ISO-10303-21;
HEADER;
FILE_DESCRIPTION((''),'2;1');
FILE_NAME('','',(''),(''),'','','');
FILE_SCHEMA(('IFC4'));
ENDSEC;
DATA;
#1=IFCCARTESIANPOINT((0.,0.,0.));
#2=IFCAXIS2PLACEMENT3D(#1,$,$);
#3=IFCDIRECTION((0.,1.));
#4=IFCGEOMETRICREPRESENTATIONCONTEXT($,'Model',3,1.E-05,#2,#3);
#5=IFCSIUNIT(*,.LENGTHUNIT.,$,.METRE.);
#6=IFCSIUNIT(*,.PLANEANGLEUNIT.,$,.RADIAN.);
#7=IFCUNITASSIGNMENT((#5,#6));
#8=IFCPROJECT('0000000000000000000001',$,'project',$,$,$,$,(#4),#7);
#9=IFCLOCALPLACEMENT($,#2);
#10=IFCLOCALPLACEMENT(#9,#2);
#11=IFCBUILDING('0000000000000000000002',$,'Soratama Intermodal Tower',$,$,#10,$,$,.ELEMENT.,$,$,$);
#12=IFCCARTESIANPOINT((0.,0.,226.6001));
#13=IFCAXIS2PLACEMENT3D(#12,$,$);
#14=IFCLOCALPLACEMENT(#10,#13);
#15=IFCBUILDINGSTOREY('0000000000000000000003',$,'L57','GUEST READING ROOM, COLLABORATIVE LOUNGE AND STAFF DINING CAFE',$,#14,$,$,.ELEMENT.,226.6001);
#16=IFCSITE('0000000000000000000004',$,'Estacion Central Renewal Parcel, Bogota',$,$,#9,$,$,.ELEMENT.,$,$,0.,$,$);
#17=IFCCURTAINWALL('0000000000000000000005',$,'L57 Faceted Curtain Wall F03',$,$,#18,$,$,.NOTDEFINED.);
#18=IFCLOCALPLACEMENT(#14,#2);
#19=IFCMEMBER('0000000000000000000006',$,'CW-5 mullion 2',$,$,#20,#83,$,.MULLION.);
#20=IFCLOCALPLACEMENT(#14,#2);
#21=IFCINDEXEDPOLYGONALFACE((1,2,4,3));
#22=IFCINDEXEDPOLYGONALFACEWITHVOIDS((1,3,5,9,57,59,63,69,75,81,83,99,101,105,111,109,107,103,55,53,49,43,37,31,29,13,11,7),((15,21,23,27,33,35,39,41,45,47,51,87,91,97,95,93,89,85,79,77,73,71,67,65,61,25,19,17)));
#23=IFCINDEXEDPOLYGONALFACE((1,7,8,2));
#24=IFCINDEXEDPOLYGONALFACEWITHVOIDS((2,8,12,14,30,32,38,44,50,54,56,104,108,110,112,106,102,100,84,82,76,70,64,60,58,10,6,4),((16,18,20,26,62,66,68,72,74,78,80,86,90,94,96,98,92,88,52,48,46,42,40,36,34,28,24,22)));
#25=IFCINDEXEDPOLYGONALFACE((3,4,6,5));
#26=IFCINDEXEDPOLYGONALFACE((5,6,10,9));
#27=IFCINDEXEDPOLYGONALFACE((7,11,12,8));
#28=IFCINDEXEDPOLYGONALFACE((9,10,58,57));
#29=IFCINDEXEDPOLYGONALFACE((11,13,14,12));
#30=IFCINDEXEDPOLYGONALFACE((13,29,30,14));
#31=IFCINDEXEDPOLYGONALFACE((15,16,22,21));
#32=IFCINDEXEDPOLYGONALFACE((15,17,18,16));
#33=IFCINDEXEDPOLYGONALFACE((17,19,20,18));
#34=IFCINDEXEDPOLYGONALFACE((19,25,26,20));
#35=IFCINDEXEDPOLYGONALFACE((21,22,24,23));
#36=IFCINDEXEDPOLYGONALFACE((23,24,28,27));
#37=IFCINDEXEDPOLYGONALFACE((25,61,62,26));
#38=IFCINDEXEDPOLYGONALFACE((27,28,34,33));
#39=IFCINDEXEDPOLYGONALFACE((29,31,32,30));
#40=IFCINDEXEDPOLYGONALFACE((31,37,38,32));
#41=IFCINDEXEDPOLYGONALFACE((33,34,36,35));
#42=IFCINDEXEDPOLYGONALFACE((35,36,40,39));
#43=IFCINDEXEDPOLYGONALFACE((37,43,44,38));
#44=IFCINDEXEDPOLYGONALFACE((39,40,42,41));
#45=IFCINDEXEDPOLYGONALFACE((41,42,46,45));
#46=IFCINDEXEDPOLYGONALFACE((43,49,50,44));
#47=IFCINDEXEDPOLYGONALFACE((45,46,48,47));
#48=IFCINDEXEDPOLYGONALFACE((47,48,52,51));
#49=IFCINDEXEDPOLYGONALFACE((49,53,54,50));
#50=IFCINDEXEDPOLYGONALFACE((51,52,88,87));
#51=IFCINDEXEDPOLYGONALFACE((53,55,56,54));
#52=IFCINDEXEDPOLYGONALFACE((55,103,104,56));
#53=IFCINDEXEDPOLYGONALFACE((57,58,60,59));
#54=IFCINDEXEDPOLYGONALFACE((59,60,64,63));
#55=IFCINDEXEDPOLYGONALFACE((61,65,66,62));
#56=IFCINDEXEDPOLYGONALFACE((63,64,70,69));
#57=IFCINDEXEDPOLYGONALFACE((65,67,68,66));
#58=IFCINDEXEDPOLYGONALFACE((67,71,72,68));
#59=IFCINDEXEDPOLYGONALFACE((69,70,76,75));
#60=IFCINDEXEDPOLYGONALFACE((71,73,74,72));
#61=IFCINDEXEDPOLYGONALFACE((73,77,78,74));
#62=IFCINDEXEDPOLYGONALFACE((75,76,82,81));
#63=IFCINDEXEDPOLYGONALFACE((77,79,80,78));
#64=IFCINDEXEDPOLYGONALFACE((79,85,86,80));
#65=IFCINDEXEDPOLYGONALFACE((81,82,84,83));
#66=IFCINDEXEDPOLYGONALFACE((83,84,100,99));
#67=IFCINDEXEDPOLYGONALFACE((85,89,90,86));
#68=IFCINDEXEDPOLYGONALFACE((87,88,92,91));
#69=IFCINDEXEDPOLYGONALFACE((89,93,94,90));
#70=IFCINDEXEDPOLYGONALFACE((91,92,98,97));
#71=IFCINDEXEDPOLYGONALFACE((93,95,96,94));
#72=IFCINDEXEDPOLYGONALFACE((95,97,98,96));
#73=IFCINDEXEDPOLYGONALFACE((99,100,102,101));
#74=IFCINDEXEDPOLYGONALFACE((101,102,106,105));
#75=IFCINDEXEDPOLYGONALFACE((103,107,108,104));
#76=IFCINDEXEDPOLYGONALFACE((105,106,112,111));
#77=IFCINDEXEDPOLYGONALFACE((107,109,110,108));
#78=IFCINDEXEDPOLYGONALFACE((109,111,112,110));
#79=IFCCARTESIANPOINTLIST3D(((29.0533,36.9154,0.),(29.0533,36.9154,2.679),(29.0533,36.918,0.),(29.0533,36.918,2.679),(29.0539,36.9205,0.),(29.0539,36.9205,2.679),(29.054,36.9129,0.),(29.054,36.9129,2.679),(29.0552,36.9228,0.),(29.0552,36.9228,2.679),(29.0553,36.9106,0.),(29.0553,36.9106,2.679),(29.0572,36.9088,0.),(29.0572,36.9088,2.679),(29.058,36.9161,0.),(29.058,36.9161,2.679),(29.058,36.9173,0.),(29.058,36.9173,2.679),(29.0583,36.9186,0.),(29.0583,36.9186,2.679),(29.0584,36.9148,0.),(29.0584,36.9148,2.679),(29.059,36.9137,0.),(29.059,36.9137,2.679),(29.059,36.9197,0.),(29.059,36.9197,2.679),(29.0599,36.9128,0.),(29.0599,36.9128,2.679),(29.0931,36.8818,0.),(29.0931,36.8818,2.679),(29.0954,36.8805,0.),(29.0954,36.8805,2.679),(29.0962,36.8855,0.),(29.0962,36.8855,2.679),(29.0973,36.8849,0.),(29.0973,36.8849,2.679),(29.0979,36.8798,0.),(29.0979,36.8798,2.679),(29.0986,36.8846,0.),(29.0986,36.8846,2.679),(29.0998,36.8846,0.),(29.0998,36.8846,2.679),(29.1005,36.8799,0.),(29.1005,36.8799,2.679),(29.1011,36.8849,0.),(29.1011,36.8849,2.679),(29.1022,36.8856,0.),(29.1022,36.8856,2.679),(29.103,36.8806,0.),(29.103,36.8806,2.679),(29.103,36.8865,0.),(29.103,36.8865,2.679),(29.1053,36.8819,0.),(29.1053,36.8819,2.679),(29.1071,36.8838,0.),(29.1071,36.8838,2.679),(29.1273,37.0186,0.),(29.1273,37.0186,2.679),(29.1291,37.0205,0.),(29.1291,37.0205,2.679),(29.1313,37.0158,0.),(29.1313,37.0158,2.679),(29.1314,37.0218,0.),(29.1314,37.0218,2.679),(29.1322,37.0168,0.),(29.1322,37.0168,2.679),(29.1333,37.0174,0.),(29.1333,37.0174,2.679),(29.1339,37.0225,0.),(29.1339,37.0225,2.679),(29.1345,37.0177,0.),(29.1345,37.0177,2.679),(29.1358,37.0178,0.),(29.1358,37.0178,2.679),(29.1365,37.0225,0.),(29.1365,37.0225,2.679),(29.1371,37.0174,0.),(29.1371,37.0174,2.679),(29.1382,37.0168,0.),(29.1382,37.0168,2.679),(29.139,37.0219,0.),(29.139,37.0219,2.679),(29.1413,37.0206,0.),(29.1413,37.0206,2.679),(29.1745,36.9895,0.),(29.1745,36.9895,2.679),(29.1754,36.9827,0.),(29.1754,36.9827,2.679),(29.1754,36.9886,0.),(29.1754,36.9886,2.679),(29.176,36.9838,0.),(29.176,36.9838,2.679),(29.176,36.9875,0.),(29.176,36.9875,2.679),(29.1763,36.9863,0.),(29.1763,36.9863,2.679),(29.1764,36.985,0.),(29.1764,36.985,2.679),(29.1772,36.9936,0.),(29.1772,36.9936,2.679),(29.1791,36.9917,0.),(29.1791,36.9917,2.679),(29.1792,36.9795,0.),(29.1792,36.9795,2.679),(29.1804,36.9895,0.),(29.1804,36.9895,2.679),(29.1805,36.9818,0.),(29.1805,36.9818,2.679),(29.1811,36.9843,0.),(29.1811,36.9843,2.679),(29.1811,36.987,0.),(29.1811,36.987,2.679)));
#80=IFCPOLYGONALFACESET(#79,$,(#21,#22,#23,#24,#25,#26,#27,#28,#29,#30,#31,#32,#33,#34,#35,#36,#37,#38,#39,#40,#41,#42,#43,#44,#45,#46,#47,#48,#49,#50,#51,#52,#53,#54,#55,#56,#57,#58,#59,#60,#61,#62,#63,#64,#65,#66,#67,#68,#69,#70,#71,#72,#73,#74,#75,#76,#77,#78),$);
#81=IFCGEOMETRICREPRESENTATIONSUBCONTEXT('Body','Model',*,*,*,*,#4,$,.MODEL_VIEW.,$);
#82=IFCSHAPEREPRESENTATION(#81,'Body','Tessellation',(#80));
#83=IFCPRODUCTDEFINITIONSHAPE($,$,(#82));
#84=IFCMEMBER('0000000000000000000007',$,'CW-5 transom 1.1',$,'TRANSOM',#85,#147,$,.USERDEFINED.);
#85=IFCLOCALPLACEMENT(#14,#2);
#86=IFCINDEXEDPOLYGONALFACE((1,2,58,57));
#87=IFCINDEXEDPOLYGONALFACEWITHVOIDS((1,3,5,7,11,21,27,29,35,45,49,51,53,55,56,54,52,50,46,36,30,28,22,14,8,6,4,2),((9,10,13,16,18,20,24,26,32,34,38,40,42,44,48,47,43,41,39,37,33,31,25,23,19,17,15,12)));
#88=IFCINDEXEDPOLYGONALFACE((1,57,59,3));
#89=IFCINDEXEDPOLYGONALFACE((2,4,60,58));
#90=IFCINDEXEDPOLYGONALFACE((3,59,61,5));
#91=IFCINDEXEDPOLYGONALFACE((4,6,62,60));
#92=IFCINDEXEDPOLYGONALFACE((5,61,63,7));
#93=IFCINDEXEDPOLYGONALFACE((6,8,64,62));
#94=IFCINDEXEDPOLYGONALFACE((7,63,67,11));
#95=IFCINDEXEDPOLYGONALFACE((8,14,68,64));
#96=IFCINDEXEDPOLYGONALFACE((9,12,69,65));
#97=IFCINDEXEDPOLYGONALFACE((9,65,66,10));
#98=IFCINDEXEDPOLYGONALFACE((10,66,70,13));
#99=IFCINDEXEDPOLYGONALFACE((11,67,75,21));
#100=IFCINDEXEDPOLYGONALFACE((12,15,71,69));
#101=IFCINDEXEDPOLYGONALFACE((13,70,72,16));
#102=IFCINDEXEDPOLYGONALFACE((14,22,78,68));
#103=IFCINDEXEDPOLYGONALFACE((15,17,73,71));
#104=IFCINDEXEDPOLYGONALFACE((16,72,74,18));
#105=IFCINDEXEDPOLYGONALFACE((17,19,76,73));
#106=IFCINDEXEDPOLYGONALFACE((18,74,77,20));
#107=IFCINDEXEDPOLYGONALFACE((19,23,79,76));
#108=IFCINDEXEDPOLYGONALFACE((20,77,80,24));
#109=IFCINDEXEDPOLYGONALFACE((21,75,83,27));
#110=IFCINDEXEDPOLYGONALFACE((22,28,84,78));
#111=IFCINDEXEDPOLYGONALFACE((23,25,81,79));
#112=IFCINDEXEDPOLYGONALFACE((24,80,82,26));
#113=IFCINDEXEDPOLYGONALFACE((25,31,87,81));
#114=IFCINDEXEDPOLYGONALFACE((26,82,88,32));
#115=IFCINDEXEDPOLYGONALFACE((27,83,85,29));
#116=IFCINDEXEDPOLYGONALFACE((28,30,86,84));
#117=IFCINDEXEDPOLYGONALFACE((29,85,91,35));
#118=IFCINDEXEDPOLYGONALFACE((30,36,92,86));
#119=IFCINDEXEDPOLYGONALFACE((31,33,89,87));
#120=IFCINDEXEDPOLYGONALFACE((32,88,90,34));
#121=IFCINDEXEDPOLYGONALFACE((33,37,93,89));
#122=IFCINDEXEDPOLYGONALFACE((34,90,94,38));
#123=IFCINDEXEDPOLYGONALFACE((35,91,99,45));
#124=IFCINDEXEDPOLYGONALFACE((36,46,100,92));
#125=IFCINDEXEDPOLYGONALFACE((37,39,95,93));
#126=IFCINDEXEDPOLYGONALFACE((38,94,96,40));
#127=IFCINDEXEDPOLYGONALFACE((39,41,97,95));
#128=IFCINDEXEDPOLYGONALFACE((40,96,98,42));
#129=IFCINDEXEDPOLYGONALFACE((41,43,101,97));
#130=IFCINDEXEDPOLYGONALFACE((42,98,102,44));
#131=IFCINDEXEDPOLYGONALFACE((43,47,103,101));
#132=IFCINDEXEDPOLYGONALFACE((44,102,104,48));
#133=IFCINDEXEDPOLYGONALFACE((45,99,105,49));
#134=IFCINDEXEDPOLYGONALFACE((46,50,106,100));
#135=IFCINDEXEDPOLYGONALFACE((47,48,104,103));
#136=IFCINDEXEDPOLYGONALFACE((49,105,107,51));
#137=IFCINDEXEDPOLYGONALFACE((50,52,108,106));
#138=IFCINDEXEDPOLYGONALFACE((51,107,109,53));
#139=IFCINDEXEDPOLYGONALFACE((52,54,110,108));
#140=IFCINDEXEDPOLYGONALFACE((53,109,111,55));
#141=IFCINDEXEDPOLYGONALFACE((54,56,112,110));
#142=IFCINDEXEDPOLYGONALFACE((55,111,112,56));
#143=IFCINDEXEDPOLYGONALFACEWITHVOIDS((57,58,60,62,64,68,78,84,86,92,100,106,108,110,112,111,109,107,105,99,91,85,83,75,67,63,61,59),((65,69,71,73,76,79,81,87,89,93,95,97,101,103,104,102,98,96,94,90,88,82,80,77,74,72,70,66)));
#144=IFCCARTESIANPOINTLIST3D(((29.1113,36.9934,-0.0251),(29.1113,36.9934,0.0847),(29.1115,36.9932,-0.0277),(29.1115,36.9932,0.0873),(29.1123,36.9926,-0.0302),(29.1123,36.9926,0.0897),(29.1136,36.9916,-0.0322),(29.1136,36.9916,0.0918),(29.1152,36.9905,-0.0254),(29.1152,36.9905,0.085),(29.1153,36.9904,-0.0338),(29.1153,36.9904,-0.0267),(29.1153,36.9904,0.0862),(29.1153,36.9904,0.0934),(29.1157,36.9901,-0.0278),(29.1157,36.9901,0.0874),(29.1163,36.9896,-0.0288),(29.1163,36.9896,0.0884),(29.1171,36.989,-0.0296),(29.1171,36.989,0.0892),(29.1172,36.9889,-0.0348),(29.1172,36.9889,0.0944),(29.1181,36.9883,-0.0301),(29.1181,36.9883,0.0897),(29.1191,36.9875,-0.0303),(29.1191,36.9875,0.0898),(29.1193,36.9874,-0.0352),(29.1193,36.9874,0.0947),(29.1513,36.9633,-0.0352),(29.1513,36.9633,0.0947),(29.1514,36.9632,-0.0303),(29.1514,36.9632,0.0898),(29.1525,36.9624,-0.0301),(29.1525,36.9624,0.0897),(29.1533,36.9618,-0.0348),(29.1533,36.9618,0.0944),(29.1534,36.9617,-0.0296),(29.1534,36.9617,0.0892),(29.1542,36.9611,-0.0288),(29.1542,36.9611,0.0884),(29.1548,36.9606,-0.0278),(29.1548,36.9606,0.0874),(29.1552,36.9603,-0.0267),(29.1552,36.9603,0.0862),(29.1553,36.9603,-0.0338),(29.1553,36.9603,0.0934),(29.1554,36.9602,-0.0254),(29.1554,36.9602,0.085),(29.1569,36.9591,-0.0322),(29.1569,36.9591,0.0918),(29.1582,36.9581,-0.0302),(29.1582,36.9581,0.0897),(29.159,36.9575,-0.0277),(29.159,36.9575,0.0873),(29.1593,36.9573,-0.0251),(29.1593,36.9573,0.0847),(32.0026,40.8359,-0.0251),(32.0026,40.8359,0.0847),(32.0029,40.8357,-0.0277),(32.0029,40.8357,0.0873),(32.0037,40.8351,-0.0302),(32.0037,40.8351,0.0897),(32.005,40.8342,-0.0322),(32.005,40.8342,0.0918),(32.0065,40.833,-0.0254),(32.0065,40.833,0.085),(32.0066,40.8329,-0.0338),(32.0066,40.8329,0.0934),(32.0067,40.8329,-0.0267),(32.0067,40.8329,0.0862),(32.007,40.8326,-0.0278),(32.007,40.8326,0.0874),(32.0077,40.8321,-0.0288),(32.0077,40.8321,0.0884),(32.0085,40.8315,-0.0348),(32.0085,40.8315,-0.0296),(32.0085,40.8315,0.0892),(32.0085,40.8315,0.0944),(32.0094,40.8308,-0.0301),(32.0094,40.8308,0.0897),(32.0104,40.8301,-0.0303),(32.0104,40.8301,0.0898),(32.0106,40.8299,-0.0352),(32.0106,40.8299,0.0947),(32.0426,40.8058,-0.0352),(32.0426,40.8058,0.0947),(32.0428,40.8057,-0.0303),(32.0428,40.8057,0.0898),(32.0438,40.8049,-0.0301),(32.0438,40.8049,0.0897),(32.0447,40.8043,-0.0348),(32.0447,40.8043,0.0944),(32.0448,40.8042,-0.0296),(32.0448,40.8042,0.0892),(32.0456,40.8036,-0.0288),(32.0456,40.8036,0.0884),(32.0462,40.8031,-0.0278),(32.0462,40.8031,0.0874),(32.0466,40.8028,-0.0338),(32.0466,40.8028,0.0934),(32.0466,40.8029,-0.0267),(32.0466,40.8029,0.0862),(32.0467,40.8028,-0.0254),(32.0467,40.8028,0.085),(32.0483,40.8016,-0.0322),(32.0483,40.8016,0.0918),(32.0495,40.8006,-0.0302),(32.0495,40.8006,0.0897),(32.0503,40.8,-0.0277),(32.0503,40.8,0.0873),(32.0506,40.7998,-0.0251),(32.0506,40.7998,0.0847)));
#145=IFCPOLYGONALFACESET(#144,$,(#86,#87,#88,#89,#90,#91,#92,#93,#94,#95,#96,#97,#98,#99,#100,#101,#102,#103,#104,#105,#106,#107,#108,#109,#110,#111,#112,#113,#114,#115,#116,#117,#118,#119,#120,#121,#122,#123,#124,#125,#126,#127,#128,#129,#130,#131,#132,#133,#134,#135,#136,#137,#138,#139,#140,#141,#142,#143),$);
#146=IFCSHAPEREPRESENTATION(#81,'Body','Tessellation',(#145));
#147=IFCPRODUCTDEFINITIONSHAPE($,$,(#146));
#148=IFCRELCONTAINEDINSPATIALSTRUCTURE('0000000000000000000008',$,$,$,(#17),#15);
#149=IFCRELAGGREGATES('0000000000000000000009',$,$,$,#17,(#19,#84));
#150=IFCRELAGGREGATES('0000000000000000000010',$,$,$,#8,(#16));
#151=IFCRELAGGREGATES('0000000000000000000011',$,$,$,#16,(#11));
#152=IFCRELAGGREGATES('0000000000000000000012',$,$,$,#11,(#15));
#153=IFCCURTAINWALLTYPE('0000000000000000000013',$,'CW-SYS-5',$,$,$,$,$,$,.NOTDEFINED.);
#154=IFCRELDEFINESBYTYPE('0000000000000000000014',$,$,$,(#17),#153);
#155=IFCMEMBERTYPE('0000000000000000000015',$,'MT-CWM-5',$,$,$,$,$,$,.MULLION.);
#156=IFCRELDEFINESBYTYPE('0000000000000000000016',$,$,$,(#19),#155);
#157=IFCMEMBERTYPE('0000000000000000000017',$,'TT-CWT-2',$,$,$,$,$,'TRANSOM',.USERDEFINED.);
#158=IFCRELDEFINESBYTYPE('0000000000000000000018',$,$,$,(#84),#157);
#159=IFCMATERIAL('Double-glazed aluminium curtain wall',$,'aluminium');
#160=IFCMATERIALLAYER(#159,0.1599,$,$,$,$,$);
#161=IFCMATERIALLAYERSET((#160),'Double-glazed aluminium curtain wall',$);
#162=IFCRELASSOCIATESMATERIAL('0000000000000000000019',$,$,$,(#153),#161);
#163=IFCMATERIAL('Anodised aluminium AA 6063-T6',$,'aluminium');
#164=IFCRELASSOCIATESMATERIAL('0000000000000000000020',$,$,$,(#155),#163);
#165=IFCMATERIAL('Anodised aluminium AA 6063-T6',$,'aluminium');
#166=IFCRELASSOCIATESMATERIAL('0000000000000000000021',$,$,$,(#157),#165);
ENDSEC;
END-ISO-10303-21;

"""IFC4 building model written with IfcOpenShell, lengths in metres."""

from ifc_helpers import new_model, si_unit, direction, frame, origin, origin_2d, place, context, subcontext, project, spatial, hollow_rectangle, extrude, material, layer, layer_set, material_profile, profile_set, type_object, element, aggregate, save


model = new_model("IFC4")

# Units and contexts
model_context = context("Model", 3, precision=1e-05, world=origin(), true_north=direction((0.0, 1.0)))
body_context = subcontext(model_context, "Body", "Model", "MODEL_VIEW")
ifc_project = project(units=[si_unit("LENGTHUNIT", "METRE"), si_unit("PLANEANGLEUNIT", "RADIAN")], contexts=[model_context])

# Site, building, storey
site_placement = place(None, origin())
site = spatial("IfcSite", under=ifc_project, at=site_placement, Name="Estacion Central Renewal Parcel, Bogota", CompositionType="ELEMENT", RefElevation=0.0)
building_placement = place(site_placement, origin())
building = spatial("IfcBuilding", under=site, at=building_placement, Name="Soratama Intermodal Tower", CompositionType="ELEMENT")
storey_placement = place(building_placement, frame((0.0, 0.0, 226.6001)))
storey = spatial("IfcBuildingStorey", under=building, at=storey_placement, Name="L57", Description="GUEST READING ROOM, COLLABORATIVE LOUNGE AND STAFF DINING CAFE", CompositionType="ELEMENT", Elevation=226.6001)

# Curtain wall, members
ifc_material_1 = material(Name="Double-glazed aluminium curtain wall", Category="aluminium")
ifc_layer_1 = layer(ifc_material_1, 0.1599)
ifc_layer_set_1 = layer_set([ifc_layer_1], Name="Double-glazed aluminium curtain wall")
curtain_wall_type = type_object("IfcCurtainWallType", Name="CW-SYS-5", PredefinedType="NOTDEFINED", material=ifc_layer_set_1)
curtain_wall_placement = place(storey_placement, origin())
curtain_wall = element("IfcCurtainWall", 1, at=curtain_wall_placement, inside=storey, type_object=curtain_wall_type, Name="L57 Faceted Curtain Wall F03", PredefinedType="NOTDEFINED")
ifc_material_2 = material(Name="Anodised aluminium AA 6063-T6", Category="aluminium")
ifc_material_profile_1 = material_profile(ifc_material_2, hollow_rectangle(XDim=0.0649, YDim=0.1399, WallThickness=0.0049, InnerFilletRadius=0.0049, OuterFilletRadius=0.01, at=origin_2d()), Name="CWM140X65X5")
ifc_profile_set_1 = profile_set([ifc_material_profile_1], Name="Anodised aluminium AA 6063-T6")
member_type_1 = type_object("IfcMemberType", Name="MT-CWM-5", PredefinedType="MULLION", material=ifc_profile_set_1)
member_1_placement = place(storey_placement, frame((29.1172, 36.9512, 0.0), z_axis=(0.0, 0.0, 1.0), x_axis=(0.799052, -0.601262, 0.0)))
member_1 = element("IfcMember", 2, at=member_1_placement, type_object=member_type_1, Name="CW-5 mullion 2", PredefinedType="MULLION", context=body_context, shape_type="SweptSolid", body=[
    extrude(hollow_rectangle(XDim=0.0649, YDim=0.1399, WallThickness=0.0049, InnerFilletRadius=0.0049, OuterFilletRadius=0.01, at=origin_2d()), origin(), (0.0, 0.0, 1.0), 2.679),
])
ifc_material_3 = material(Name="Anodised aluminium AA 6063-T6", Category="aluminium")
ifc_material_profile_2 = material_profile(ifc_material_3, hollow_rectangle(XDim=0.0601, YDim=0.1299, WallThickness=0.0049, InnerFilletRadius=0.0049, OuterFilletRadius=0.01, at=origin_2d()), Name="CWT130X60X5")
ifc_profile_set_2 = profile_set([ifc_material_profile_2], Name="Anodised aluminium AA 6063-T6")
member_type_2 = type_object("IfcMemberType", Name="TT-CWT-2", ElementType="TRANSOM", PredefinedType="USERDEFINED", material=ifc_profile_set_2)
member_2_placement = place(storey_placement, frame((32.0266, 40.8179, 0.0298), z_axis=(-0.601258, -0.799055, 0.0), x_axis=(0.799055, -0.601258, 0.0)))
member_2 = element("IfcMember", 3, at=member_2_placement, type_object=member_type_2, Name="CW-5 transom 1.1", ObjectType="TRANSOM", PredefinedType="USERDEFINED", context=body_context, shape_type="SweptSolid", body=[
    extrude(hollow_rectangle(XDim=0.0601, YDim=0.1299, WallThickness=0.0049, InnerFilletRadius=0.0049, OuterFilletRadius=0.01, at=origin_2d()), origin(), (0.0, 0.0, 1.0), 4.8088),
])
aggregate(curtain_wall, [member_1, member_2])

save(model, "model.ifc")
